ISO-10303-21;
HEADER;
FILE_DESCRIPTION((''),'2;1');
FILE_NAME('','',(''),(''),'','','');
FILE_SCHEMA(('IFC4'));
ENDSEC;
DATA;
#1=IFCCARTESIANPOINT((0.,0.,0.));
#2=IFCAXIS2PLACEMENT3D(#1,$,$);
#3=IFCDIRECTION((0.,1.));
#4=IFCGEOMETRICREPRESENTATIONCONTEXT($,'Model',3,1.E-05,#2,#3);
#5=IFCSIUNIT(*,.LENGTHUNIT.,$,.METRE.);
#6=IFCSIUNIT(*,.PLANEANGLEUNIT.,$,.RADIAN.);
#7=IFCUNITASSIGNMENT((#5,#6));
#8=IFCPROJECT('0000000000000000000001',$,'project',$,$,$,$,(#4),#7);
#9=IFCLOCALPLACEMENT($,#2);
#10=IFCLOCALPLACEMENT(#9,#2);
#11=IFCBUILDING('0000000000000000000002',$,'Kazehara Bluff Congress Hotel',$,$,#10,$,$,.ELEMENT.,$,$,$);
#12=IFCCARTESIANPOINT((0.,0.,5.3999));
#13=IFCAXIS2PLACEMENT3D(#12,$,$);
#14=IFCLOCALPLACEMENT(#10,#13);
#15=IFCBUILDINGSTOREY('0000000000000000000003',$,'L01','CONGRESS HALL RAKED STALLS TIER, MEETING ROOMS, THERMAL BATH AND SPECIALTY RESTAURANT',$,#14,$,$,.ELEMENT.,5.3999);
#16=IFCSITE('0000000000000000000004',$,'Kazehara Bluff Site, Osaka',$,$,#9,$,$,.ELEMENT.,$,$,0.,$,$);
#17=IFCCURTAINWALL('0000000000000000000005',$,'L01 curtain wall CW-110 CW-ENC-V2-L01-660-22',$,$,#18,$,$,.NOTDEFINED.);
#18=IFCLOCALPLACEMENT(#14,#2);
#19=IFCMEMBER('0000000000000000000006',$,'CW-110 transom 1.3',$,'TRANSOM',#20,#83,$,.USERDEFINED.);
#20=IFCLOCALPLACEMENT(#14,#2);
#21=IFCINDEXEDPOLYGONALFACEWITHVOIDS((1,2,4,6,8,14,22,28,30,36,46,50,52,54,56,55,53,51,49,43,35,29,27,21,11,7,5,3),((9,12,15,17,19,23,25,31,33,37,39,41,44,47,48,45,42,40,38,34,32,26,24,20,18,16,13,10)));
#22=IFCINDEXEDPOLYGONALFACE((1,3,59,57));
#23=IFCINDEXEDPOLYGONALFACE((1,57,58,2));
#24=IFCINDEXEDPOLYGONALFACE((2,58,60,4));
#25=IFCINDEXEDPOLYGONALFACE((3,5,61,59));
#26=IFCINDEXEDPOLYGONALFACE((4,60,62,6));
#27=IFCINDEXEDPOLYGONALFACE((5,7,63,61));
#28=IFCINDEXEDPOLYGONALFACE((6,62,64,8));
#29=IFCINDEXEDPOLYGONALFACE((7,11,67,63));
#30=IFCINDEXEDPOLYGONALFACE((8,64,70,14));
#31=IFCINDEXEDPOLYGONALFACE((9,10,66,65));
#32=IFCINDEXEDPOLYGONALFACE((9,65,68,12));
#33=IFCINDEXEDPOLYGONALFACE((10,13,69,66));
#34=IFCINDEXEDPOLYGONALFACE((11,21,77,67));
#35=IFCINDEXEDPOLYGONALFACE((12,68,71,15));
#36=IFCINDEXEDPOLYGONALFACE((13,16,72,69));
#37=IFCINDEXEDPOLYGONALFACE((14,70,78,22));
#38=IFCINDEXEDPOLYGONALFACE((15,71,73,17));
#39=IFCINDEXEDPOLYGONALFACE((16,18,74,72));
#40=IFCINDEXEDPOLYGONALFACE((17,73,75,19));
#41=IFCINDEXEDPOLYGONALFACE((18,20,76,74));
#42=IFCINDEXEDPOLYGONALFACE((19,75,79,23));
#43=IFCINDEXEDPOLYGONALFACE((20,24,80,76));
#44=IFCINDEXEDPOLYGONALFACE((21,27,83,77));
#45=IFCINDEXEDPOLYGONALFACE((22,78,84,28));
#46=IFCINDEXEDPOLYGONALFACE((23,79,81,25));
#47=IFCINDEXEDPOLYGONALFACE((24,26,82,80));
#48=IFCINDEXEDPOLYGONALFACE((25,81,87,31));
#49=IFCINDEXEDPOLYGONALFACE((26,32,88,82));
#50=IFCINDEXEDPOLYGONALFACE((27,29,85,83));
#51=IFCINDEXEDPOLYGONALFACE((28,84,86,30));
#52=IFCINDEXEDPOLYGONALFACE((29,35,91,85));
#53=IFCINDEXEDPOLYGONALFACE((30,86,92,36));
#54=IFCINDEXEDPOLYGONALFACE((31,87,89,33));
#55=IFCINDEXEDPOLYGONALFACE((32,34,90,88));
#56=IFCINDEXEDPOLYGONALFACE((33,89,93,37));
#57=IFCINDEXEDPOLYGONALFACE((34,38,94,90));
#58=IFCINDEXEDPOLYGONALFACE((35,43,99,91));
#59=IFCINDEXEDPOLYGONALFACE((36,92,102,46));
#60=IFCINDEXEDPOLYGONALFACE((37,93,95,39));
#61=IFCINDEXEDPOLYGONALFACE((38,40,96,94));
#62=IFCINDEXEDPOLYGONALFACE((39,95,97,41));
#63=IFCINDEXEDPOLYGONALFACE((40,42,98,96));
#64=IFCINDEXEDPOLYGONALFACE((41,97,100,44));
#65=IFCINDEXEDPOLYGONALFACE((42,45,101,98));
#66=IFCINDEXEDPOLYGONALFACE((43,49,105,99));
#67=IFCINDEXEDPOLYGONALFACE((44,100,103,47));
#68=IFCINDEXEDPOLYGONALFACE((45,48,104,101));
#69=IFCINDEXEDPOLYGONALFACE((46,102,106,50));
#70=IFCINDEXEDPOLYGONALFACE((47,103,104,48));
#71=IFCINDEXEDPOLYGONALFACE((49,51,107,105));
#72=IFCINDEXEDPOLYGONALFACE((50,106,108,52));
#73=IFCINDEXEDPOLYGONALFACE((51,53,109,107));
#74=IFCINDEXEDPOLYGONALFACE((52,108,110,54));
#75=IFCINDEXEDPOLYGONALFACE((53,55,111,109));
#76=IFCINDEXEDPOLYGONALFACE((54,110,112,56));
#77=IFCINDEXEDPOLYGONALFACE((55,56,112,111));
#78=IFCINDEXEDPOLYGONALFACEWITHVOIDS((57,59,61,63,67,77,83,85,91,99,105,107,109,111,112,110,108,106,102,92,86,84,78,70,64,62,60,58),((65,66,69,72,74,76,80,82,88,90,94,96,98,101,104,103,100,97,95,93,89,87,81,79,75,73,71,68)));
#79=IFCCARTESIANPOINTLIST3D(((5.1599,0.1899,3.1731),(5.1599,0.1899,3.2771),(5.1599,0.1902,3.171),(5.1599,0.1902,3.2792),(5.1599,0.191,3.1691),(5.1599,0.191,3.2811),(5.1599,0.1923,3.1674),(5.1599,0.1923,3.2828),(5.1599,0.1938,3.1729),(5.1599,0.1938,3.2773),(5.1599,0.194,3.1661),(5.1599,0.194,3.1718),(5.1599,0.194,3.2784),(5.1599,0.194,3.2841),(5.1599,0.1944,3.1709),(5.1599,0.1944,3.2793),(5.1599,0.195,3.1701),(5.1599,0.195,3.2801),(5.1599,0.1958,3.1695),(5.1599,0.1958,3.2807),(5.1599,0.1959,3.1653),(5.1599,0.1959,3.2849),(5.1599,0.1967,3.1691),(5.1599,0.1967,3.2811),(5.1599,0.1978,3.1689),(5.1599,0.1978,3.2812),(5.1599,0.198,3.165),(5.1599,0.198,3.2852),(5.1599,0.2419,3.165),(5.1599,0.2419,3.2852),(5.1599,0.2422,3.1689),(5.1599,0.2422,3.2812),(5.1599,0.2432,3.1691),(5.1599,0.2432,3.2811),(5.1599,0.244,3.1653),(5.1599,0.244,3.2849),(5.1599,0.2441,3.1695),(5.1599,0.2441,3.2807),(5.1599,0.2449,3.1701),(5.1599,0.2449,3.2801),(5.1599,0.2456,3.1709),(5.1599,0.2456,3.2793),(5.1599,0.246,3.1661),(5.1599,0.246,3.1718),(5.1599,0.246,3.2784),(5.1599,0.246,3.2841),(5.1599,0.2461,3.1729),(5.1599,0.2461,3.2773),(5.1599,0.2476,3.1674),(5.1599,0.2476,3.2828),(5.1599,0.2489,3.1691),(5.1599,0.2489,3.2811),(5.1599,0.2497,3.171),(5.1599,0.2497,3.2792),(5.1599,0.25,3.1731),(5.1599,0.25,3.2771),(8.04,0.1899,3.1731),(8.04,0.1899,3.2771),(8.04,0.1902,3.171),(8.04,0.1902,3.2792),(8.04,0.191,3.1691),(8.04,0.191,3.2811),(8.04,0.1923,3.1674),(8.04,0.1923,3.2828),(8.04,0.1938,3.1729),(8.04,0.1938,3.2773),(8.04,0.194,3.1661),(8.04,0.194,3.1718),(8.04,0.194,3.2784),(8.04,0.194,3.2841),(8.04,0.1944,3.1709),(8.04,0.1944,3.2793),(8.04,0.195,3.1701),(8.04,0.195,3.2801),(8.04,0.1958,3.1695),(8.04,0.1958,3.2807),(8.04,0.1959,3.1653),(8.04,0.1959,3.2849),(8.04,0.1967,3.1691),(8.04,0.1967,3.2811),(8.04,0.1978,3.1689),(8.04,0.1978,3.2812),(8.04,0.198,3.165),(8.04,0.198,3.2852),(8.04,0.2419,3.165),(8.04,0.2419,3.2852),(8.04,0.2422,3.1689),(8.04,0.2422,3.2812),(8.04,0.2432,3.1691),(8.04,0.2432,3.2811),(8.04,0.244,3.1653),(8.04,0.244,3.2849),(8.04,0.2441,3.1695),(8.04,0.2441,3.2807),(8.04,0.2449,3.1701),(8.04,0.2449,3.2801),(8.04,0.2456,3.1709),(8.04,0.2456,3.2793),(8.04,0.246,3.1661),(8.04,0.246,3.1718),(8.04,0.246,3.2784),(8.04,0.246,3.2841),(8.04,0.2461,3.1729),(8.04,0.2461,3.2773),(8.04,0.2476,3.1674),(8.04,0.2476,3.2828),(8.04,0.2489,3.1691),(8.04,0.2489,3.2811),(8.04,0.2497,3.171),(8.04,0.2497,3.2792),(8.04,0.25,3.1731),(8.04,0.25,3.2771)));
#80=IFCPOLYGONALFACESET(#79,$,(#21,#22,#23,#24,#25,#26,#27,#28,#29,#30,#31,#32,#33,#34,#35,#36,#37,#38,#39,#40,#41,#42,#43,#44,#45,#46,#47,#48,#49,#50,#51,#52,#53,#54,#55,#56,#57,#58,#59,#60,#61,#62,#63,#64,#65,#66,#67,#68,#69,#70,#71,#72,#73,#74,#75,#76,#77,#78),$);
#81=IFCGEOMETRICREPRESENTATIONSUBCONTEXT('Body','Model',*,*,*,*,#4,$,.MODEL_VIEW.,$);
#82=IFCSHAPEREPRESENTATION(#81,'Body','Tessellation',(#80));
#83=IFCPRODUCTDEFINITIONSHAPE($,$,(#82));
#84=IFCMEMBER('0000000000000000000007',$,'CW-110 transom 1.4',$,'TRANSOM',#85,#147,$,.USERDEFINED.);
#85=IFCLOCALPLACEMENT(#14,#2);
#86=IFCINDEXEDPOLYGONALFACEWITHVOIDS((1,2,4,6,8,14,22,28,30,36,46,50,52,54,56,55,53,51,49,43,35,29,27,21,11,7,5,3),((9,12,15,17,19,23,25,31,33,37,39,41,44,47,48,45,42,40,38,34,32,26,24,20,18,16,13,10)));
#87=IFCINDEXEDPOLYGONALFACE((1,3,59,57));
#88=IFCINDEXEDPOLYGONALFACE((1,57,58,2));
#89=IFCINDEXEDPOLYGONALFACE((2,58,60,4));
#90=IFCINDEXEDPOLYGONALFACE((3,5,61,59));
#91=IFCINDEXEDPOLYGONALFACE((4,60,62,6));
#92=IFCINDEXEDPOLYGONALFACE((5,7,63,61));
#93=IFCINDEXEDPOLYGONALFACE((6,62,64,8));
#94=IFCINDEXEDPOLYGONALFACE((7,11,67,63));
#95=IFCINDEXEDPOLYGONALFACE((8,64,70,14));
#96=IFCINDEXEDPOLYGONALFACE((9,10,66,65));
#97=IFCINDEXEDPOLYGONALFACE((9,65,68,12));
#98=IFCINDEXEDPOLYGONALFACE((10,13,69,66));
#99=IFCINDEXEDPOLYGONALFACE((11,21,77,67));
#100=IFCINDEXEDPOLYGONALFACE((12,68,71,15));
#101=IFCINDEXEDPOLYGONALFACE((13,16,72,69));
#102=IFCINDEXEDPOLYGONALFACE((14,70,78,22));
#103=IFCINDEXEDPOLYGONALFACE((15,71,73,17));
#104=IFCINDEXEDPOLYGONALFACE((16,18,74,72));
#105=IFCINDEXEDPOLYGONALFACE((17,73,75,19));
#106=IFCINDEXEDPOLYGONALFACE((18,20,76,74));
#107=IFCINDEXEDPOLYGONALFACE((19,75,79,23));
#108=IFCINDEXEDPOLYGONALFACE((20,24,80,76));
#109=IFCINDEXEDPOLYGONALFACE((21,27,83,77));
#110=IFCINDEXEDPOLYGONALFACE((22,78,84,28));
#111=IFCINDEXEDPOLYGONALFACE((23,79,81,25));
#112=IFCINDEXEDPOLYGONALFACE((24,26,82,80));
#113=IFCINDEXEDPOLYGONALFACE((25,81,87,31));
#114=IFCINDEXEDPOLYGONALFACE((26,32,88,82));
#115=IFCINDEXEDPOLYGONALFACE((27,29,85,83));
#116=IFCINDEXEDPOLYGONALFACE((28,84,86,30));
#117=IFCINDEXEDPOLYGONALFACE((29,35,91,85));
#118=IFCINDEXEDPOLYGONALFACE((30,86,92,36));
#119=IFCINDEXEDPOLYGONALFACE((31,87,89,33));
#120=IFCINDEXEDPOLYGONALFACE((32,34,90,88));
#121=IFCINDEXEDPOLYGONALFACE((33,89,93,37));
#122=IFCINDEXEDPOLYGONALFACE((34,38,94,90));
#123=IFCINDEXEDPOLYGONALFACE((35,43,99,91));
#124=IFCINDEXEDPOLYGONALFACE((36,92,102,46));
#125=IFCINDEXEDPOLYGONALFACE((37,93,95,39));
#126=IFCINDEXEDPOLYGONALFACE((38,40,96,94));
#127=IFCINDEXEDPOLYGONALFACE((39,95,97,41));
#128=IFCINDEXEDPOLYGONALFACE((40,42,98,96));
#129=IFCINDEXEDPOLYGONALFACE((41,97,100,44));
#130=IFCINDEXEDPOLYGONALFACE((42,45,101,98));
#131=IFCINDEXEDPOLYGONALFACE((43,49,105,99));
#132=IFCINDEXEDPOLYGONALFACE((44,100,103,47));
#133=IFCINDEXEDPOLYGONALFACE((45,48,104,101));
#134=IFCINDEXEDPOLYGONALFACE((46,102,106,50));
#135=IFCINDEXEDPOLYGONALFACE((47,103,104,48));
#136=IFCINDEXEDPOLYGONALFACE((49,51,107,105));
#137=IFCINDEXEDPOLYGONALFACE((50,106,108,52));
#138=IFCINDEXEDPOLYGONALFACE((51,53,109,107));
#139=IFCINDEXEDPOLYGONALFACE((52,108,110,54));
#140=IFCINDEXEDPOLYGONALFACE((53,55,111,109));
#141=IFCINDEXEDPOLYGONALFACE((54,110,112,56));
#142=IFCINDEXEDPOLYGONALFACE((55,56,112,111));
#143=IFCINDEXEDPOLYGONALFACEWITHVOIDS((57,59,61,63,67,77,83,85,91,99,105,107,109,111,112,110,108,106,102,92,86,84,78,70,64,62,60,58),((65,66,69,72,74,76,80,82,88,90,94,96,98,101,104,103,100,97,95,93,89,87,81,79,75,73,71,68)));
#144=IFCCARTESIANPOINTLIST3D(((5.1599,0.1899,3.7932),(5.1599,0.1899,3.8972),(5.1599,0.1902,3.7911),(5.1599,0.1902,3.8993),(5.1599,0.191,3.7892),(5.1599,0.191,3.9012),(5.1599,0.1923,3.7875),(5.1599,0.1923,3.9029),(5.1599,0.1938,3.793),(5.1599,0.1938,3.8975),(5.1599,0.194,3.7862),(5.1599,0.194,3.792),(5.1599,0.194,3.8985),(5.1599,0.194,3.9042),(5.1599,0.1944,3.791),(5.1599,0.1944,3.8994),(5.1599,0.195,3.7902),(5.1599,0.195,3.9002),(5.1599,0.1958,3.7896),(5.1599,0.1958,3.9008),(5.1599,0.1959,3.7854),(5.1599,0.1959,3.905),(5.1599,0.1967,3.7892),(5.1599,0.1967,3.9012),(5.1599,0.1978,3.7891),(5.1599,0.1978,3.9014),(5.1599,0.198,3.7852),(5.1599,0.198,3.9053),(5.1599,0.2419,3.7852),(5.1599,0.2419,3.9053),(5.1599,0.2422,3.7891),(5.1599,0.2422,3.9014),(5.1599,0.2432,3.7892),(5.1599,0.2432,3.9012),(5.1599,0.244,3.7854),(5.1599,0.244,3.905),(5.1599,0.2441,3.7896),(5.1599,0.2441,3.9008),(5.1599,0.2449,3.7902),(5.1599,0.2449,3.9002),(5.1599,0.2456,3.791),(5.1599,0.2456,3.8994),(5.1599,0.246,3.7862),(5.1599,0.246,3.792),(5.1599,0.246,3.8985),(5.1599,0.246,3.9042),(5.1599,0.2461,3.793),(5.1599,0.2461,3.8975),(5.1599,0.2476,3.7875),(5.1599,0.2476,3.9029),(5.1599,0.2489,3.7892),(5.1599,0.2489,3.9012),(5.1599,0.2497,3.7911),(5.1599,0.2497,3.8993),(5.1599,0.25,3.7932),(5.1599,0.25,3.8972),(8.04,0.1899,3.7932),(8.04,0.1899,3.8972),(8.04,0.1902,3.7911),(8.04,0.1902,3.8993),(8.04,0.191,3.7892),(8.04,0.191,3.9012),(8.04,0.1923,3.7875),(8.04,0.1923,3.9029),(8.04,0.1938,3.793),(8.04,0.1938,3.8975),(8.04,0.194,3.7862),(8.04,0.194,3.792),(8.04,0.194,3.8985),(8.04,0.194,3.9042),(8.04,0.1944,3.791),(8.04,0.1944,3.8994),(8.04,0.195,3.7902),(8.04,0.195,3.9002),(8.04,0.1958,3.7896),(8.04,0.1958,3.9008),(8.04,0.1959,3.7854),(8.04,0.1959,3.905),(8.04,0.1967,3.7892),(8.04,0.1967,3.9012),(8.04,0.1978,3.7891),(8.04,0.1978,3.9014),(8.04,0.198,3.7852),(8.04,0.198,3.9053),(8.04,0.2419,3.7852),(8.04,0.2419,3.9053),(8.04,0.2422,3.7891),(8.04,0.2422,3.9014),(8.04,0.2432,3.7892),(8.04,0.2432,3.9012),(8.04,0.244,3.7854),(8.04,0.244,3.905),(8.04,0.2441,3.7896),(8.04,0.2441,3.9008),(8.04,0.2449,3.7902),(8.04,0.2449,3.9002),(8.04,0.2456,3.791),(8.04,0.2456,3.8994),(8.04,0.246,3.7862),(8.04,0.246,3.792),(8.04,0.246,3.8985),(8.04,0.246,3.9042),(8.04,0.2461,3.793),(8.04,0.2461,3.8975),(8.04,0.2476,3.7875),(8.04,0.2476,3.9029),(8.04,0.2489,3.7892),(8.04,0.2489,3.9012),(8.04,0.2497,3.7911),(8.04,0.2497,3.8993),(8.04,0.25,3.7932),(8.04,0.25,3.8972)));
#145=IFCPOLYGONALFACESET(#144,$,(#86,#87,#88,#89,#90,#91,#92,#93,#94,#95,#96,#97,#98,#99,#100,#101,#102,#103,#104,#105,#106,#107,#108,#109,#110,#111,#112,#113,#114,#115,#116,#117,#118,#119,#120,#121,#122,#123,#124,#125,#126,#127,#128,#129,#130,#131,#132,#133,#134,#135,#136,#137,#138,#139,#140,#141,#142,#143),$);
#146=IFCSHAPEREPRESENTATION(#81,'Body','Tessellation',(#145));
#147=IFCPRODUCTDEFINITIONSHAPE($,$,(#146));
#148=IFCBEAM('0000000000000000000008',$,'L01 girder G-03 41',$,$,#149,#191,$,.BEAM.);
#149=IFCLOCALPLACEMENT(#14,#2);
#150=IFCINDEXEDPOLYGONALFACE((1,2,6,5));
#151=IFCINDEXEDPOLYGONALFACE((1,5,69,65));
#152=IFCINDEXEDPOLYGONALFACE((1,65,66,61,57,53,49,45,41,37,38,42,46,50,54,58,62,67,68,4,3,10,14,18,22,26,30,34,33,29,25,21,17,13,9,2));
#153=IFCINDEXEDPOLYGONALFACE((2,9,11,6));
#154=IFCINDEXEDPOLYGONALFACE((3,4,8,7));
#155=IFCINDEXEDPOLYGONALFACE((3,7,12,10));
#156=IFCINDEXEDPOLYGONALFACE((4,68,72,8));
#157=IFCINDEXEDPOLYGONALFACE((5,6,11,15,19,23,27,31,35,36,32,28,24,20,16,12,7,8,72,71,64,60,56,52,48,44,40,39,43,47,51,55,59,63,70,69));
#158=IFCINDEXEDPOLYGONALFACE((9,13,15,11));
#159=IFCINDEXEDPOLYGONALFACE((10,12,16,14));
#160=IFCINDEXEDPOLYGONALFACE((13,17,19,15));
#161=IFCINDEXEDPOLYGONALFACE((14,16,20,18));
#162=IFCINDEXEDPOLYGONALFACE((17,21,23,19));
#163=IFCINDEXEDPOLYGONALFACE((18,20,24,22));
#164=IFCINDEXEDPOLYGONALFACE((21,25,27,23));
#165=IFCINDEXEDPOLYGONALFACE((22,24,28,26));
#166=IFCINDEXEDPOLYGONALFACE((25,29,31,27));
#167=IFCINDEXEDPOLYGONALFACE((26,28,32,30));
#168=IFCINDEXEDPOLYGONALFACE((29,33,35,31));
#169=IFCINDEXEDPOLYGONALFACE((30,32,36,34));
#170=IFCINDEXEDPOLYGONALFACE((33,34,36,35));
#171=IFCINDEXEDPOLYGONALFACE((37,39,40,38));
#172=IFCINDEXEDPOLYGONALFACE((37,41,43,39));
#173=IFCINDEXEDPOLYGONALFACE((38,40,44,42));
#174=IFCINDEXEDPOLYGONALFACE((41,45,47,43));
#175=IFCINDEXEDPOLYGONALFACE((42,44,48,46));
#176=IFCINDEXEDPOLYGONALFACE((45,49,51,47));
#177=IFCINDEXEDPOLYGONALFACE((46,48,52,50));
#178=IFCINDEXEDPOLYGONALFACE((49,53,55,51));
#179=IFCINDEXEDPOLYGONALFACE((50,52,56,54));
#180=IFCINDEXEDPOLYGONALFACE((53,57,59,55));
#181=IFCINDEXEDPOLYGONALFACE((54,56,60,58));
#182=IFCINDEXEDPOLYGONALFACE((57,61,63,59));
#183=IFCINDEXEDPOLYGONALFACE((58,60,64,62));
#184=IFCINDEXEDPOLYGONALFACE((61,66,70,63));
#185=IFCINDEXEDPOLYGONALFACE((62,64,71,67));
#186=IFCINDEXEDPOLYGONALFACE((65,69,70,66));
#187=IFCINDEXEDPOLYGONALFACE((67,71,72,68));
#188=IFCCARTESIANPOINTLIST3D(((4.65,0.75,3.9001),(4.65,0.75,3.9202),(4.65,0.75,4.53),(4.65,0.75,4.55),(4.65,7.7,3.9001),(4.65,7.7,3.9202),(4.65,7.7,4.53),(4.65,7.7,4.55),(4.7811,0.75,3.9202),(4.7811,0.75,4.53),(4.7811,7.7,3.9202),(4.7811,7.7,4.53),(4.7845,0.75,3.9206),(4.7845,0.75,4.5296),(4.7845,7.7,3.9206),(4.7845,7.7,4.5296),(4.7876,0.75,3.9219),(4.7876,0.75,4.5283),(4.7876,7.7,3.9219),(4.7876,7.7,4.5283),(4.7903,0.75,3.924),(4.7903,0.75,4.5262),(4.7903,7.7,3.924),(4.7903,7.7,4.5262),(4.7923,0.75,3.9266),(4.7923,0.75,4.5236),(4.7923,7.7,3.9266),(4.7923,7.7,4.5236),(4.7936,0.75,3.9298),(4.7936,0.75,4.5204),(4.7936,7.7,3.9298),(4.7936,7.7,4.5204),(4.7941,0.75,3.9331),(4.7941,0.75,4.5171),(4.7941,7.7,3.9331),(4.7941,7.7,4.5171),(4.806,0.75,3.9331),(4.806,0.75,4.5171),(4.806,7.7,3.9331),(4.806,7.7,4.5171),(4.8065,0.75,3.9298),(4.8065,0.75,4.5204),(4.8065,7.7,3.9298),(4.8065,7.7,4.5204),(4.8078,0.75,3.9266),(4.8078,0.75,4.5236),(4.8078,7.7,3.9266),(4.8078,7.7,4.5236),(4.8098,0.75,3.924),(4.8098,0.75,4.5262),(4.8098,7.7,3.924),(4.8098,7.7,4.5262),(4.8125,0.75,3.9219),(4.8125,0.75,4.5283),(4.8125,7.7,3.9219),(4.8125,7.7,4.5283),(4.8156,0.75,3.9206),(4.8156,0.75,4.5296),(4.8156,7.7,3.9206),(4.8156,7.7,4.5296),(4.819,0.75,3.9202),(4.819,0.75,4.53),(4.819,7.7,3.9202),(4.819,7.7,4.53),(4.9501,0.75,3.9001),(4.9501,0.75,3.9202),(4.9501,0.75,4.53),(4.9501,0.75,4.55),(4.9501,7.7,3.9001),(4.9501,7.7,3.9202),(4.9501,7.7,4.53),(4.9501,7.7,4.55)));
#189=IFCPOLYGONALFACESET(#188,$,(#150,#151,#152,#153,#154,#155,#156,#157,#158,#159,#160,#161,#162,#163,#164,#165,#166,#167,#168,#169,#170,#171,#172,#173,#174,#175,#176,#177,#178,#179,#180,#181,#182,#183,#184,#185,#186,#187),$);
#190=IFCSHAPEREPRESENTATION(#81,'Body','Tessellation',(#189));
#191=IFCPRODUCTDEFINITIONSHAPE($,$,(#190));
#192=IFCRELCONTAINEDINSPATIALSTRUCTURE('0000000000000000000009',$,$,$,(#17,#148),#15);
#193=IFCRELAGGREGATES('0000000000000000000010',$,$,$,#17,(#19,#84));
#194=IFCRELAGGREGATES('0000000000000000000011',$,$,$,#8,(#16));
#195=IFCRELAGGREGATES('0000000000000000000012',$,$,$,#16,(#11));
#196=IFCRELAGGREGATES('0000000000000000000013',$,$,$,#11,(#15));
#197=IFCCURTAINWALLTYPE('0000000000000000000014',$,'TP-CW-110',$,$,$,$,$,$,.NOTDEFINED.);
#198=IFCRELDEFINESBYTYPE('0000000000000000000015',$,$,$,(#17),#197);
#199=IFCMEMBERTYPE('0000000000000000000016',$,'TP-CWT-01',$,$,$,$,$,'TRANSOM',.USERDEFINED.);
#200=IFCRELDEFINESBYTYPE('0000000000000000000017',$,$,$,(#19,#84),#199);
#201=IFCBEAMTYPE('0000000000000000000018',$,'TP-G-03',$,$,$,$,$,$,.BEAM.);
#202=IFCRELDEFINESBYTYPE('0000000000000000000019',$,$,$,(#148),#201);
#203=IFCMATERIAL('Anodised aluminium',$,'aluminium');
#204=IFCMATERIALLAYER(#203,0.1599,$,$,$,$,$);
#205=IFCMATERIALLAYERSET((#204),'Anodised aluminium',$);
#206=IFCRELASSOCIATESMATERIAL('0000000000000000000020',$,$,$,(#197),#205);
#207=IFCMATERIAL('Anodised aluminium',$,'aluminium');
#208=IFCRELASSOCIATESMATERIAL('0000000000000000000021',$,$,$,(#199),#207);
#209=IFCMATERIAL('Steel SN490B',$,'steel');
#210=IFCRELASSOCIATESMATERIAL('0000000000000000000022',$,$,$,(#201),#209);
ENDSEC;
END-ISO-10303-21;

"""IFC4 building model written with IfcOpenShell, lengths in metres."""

from ifc_helpers import new_model, si_unit, direction, frame, origin, origin_2d, place, context, subcontext, project, spatial, hollow_rectangle, i_section, extrude, material, layer, layer_set, material_profile, profile_set, type_object, element, aggregate, save


model = new_model("IFC4")

# Units and contexts
model_context = context("Model", 3, precision=1e-05, world=origin(), true_north=direction((0.0, 1.0)))
body_context = subcontext(model_context, "Body", "Model", "MODEL_VIEW")
ifc_project = project(units=[si_unit("LENGTHUNIT", "METRE"), si_unit("PLANEANGLEUNIT", "RADIAN")], contexts=[model_context])

# Site, building, storey
site_placement = place(None, origin())
site = spatial("IfcSite", under=ifc_project, at=site_placement, Name="Kazehara Bluff Site, Osaka", CompositionType="ELEMENT", RefElevation=0.0)
building_placement = place(site_placement, origin())
building = spatial("IfcBuilding", under=site, at=building_placement, Name="Kazehara Bluff Congress Hotel", CompositionType="ELEMENT")
storey_placement = place(building_placement, frame((0.0, 0.0, 5.3999)))
storey = spatial("IfcBuildingStorey", under=building, at=storey_placement, Name="L01", Description="CONGRESS HALL RAKED STALLS TIER, MEETING ROOMS, THERMAL BATH AND SPECIALTY RESTAURANT", CompositionType="ELEMENT", Elevation=5.3999)

# Curtain wall, members
ifc_material_1 = material(Name="Anodised aluminium", Category="aluminium")
ifc_layer_1 = layer(ifc_material_1, 0.1599)
ifc_layer_set_1 = layer_set([ifc_layer_1], Name="Anodised aluminium")
curtain_wall_type = type_object("IfcCurtainWallType", Name="TP-CW-110", PredefinedType="NOTDEFINED", material=ifc_layer_set_1)
curtain_wall_placement = place(storey_placement, origin())
curtain_wall = element("IfcCurtainWall", 1, at=curtain_wall_placement, inside=storey, type_object=curtain_wall_type, Name="L01 curtain wall CW-110 CW-ENC-V2-L01-660-22", PredefinedType="NOTDEFINED")
ifc_material_2 = material(Name="Anodised aluminium", Category="aluminium")
ifc_material_profile_1 = material_profile(ifc_material_2, hollow_rectangle(XDim=0.0601, YDim=0.1201, WallThickness=0.0039, InnerFilletRadius=0.0039, OuterFilletRadius=0.0081, at=origin_2d()))
ifc_profile_set_1 = profile_set([ifc_material_profile_1], Name="Anodised aluminium")
member_type_1 = type_object("IfcMemberType", Name="TP-CWT-01", ElementType="TRANSOM", PredefinedType="USERDEFINED", material=ifc_profile_set_1)
member_1_placement = place(storey_placement, frame((8.04, 0.22, 3.2251), z_axis=(-1.0, 0.0, 0.0), x_axis=(0.0, -1.0, 0.0)))
member_1 = element("IfcMember", 2, at=member_1_placement, type_object=member_type_1, Name="CW-110 transom 1.3", ObjectType="TRANSOM", PredefinedType="USERDEFINED", context=body_context, shape_type="SweptSolid", body=[
    extrude(hollow_rectangle(XDim=0.0601, YDim=0.1201, WallThickness=0.0039, InnerFilletRadius=0.0039, OuterFilletRadius=0.0081, at=origin_2d()), origin(), (0.0, 0.0, 1.0), 2.8801),
])
member_2_placement = place(storey_placement, frame((8.04, 0.22, 3.8452), z_axis=(-1.0, 0.0, 0.0), x_axis=(0.0, -1.0, 0.0)))
member_2 = element("IfcMember", 3, at=member_2_placement, type_object=member_type_1, Name="CW-110 transom 1.4", ObjectType="TRANSOM", PredefinedType="USERDEFINED", context=body_context, shape_type="SweptSolid", body=[
    extrude(hollow_rectangle(XDim=0.0601, YDim=0.1201, WallThickness=0.0039, InnerFilletRadius=0.0039, OuterFilletRadius=0.0081, at=origin_2d()), origin(), (0.0, 0.0, 1.0), 2.8801),
])

# Beam
ifc_material_3 = material(Name="Steel SN490B", Category="steel")
ifc_material_profile_2 = material_profile(ifc_material_3, i_section(OverallWidth=0.3, OverallDepth=0.6499, WebThickness=0.012, FlangeThickness=0.02, FilletRadius=0.0129, at=origin_2d()))
ifc_profile_set_2 = profile_set([ifc_material_profile_2], Name="Steel SN490B")
beam_type_1 = type_object("IfcBeamType", Name="TP-G-03", PredefinedType="BEAM", material=ifc_profile_set_2)
beam_1_placement = place(storey_placement, frame((4.8, 0.75, 4.2251), z_axis=(0.0, 1.0, 0.0), x_axis=(-1.0, 0.0, 0.0)))
element("IfcBeam", 4, at=beam_1_placement, inside=storey, type_object=beam_type_1, Name="L01 girder G-03 41", PredefinedType="BEAM", context=body_context, shape_type="SweptSolid", body=[
    extrude(i_section(OverallWidth=0.3, OverallDepth=0.6499, WebThickness=0.012, FlangeThickness=0.02, FilletRadius=0.0129, at=origin_2d()), origin(), (0.0, 0.0, 1.0), 6.95),
])

aggregate(curtain_wall, [member_1, member_2])

save(model, "model.ifc")
